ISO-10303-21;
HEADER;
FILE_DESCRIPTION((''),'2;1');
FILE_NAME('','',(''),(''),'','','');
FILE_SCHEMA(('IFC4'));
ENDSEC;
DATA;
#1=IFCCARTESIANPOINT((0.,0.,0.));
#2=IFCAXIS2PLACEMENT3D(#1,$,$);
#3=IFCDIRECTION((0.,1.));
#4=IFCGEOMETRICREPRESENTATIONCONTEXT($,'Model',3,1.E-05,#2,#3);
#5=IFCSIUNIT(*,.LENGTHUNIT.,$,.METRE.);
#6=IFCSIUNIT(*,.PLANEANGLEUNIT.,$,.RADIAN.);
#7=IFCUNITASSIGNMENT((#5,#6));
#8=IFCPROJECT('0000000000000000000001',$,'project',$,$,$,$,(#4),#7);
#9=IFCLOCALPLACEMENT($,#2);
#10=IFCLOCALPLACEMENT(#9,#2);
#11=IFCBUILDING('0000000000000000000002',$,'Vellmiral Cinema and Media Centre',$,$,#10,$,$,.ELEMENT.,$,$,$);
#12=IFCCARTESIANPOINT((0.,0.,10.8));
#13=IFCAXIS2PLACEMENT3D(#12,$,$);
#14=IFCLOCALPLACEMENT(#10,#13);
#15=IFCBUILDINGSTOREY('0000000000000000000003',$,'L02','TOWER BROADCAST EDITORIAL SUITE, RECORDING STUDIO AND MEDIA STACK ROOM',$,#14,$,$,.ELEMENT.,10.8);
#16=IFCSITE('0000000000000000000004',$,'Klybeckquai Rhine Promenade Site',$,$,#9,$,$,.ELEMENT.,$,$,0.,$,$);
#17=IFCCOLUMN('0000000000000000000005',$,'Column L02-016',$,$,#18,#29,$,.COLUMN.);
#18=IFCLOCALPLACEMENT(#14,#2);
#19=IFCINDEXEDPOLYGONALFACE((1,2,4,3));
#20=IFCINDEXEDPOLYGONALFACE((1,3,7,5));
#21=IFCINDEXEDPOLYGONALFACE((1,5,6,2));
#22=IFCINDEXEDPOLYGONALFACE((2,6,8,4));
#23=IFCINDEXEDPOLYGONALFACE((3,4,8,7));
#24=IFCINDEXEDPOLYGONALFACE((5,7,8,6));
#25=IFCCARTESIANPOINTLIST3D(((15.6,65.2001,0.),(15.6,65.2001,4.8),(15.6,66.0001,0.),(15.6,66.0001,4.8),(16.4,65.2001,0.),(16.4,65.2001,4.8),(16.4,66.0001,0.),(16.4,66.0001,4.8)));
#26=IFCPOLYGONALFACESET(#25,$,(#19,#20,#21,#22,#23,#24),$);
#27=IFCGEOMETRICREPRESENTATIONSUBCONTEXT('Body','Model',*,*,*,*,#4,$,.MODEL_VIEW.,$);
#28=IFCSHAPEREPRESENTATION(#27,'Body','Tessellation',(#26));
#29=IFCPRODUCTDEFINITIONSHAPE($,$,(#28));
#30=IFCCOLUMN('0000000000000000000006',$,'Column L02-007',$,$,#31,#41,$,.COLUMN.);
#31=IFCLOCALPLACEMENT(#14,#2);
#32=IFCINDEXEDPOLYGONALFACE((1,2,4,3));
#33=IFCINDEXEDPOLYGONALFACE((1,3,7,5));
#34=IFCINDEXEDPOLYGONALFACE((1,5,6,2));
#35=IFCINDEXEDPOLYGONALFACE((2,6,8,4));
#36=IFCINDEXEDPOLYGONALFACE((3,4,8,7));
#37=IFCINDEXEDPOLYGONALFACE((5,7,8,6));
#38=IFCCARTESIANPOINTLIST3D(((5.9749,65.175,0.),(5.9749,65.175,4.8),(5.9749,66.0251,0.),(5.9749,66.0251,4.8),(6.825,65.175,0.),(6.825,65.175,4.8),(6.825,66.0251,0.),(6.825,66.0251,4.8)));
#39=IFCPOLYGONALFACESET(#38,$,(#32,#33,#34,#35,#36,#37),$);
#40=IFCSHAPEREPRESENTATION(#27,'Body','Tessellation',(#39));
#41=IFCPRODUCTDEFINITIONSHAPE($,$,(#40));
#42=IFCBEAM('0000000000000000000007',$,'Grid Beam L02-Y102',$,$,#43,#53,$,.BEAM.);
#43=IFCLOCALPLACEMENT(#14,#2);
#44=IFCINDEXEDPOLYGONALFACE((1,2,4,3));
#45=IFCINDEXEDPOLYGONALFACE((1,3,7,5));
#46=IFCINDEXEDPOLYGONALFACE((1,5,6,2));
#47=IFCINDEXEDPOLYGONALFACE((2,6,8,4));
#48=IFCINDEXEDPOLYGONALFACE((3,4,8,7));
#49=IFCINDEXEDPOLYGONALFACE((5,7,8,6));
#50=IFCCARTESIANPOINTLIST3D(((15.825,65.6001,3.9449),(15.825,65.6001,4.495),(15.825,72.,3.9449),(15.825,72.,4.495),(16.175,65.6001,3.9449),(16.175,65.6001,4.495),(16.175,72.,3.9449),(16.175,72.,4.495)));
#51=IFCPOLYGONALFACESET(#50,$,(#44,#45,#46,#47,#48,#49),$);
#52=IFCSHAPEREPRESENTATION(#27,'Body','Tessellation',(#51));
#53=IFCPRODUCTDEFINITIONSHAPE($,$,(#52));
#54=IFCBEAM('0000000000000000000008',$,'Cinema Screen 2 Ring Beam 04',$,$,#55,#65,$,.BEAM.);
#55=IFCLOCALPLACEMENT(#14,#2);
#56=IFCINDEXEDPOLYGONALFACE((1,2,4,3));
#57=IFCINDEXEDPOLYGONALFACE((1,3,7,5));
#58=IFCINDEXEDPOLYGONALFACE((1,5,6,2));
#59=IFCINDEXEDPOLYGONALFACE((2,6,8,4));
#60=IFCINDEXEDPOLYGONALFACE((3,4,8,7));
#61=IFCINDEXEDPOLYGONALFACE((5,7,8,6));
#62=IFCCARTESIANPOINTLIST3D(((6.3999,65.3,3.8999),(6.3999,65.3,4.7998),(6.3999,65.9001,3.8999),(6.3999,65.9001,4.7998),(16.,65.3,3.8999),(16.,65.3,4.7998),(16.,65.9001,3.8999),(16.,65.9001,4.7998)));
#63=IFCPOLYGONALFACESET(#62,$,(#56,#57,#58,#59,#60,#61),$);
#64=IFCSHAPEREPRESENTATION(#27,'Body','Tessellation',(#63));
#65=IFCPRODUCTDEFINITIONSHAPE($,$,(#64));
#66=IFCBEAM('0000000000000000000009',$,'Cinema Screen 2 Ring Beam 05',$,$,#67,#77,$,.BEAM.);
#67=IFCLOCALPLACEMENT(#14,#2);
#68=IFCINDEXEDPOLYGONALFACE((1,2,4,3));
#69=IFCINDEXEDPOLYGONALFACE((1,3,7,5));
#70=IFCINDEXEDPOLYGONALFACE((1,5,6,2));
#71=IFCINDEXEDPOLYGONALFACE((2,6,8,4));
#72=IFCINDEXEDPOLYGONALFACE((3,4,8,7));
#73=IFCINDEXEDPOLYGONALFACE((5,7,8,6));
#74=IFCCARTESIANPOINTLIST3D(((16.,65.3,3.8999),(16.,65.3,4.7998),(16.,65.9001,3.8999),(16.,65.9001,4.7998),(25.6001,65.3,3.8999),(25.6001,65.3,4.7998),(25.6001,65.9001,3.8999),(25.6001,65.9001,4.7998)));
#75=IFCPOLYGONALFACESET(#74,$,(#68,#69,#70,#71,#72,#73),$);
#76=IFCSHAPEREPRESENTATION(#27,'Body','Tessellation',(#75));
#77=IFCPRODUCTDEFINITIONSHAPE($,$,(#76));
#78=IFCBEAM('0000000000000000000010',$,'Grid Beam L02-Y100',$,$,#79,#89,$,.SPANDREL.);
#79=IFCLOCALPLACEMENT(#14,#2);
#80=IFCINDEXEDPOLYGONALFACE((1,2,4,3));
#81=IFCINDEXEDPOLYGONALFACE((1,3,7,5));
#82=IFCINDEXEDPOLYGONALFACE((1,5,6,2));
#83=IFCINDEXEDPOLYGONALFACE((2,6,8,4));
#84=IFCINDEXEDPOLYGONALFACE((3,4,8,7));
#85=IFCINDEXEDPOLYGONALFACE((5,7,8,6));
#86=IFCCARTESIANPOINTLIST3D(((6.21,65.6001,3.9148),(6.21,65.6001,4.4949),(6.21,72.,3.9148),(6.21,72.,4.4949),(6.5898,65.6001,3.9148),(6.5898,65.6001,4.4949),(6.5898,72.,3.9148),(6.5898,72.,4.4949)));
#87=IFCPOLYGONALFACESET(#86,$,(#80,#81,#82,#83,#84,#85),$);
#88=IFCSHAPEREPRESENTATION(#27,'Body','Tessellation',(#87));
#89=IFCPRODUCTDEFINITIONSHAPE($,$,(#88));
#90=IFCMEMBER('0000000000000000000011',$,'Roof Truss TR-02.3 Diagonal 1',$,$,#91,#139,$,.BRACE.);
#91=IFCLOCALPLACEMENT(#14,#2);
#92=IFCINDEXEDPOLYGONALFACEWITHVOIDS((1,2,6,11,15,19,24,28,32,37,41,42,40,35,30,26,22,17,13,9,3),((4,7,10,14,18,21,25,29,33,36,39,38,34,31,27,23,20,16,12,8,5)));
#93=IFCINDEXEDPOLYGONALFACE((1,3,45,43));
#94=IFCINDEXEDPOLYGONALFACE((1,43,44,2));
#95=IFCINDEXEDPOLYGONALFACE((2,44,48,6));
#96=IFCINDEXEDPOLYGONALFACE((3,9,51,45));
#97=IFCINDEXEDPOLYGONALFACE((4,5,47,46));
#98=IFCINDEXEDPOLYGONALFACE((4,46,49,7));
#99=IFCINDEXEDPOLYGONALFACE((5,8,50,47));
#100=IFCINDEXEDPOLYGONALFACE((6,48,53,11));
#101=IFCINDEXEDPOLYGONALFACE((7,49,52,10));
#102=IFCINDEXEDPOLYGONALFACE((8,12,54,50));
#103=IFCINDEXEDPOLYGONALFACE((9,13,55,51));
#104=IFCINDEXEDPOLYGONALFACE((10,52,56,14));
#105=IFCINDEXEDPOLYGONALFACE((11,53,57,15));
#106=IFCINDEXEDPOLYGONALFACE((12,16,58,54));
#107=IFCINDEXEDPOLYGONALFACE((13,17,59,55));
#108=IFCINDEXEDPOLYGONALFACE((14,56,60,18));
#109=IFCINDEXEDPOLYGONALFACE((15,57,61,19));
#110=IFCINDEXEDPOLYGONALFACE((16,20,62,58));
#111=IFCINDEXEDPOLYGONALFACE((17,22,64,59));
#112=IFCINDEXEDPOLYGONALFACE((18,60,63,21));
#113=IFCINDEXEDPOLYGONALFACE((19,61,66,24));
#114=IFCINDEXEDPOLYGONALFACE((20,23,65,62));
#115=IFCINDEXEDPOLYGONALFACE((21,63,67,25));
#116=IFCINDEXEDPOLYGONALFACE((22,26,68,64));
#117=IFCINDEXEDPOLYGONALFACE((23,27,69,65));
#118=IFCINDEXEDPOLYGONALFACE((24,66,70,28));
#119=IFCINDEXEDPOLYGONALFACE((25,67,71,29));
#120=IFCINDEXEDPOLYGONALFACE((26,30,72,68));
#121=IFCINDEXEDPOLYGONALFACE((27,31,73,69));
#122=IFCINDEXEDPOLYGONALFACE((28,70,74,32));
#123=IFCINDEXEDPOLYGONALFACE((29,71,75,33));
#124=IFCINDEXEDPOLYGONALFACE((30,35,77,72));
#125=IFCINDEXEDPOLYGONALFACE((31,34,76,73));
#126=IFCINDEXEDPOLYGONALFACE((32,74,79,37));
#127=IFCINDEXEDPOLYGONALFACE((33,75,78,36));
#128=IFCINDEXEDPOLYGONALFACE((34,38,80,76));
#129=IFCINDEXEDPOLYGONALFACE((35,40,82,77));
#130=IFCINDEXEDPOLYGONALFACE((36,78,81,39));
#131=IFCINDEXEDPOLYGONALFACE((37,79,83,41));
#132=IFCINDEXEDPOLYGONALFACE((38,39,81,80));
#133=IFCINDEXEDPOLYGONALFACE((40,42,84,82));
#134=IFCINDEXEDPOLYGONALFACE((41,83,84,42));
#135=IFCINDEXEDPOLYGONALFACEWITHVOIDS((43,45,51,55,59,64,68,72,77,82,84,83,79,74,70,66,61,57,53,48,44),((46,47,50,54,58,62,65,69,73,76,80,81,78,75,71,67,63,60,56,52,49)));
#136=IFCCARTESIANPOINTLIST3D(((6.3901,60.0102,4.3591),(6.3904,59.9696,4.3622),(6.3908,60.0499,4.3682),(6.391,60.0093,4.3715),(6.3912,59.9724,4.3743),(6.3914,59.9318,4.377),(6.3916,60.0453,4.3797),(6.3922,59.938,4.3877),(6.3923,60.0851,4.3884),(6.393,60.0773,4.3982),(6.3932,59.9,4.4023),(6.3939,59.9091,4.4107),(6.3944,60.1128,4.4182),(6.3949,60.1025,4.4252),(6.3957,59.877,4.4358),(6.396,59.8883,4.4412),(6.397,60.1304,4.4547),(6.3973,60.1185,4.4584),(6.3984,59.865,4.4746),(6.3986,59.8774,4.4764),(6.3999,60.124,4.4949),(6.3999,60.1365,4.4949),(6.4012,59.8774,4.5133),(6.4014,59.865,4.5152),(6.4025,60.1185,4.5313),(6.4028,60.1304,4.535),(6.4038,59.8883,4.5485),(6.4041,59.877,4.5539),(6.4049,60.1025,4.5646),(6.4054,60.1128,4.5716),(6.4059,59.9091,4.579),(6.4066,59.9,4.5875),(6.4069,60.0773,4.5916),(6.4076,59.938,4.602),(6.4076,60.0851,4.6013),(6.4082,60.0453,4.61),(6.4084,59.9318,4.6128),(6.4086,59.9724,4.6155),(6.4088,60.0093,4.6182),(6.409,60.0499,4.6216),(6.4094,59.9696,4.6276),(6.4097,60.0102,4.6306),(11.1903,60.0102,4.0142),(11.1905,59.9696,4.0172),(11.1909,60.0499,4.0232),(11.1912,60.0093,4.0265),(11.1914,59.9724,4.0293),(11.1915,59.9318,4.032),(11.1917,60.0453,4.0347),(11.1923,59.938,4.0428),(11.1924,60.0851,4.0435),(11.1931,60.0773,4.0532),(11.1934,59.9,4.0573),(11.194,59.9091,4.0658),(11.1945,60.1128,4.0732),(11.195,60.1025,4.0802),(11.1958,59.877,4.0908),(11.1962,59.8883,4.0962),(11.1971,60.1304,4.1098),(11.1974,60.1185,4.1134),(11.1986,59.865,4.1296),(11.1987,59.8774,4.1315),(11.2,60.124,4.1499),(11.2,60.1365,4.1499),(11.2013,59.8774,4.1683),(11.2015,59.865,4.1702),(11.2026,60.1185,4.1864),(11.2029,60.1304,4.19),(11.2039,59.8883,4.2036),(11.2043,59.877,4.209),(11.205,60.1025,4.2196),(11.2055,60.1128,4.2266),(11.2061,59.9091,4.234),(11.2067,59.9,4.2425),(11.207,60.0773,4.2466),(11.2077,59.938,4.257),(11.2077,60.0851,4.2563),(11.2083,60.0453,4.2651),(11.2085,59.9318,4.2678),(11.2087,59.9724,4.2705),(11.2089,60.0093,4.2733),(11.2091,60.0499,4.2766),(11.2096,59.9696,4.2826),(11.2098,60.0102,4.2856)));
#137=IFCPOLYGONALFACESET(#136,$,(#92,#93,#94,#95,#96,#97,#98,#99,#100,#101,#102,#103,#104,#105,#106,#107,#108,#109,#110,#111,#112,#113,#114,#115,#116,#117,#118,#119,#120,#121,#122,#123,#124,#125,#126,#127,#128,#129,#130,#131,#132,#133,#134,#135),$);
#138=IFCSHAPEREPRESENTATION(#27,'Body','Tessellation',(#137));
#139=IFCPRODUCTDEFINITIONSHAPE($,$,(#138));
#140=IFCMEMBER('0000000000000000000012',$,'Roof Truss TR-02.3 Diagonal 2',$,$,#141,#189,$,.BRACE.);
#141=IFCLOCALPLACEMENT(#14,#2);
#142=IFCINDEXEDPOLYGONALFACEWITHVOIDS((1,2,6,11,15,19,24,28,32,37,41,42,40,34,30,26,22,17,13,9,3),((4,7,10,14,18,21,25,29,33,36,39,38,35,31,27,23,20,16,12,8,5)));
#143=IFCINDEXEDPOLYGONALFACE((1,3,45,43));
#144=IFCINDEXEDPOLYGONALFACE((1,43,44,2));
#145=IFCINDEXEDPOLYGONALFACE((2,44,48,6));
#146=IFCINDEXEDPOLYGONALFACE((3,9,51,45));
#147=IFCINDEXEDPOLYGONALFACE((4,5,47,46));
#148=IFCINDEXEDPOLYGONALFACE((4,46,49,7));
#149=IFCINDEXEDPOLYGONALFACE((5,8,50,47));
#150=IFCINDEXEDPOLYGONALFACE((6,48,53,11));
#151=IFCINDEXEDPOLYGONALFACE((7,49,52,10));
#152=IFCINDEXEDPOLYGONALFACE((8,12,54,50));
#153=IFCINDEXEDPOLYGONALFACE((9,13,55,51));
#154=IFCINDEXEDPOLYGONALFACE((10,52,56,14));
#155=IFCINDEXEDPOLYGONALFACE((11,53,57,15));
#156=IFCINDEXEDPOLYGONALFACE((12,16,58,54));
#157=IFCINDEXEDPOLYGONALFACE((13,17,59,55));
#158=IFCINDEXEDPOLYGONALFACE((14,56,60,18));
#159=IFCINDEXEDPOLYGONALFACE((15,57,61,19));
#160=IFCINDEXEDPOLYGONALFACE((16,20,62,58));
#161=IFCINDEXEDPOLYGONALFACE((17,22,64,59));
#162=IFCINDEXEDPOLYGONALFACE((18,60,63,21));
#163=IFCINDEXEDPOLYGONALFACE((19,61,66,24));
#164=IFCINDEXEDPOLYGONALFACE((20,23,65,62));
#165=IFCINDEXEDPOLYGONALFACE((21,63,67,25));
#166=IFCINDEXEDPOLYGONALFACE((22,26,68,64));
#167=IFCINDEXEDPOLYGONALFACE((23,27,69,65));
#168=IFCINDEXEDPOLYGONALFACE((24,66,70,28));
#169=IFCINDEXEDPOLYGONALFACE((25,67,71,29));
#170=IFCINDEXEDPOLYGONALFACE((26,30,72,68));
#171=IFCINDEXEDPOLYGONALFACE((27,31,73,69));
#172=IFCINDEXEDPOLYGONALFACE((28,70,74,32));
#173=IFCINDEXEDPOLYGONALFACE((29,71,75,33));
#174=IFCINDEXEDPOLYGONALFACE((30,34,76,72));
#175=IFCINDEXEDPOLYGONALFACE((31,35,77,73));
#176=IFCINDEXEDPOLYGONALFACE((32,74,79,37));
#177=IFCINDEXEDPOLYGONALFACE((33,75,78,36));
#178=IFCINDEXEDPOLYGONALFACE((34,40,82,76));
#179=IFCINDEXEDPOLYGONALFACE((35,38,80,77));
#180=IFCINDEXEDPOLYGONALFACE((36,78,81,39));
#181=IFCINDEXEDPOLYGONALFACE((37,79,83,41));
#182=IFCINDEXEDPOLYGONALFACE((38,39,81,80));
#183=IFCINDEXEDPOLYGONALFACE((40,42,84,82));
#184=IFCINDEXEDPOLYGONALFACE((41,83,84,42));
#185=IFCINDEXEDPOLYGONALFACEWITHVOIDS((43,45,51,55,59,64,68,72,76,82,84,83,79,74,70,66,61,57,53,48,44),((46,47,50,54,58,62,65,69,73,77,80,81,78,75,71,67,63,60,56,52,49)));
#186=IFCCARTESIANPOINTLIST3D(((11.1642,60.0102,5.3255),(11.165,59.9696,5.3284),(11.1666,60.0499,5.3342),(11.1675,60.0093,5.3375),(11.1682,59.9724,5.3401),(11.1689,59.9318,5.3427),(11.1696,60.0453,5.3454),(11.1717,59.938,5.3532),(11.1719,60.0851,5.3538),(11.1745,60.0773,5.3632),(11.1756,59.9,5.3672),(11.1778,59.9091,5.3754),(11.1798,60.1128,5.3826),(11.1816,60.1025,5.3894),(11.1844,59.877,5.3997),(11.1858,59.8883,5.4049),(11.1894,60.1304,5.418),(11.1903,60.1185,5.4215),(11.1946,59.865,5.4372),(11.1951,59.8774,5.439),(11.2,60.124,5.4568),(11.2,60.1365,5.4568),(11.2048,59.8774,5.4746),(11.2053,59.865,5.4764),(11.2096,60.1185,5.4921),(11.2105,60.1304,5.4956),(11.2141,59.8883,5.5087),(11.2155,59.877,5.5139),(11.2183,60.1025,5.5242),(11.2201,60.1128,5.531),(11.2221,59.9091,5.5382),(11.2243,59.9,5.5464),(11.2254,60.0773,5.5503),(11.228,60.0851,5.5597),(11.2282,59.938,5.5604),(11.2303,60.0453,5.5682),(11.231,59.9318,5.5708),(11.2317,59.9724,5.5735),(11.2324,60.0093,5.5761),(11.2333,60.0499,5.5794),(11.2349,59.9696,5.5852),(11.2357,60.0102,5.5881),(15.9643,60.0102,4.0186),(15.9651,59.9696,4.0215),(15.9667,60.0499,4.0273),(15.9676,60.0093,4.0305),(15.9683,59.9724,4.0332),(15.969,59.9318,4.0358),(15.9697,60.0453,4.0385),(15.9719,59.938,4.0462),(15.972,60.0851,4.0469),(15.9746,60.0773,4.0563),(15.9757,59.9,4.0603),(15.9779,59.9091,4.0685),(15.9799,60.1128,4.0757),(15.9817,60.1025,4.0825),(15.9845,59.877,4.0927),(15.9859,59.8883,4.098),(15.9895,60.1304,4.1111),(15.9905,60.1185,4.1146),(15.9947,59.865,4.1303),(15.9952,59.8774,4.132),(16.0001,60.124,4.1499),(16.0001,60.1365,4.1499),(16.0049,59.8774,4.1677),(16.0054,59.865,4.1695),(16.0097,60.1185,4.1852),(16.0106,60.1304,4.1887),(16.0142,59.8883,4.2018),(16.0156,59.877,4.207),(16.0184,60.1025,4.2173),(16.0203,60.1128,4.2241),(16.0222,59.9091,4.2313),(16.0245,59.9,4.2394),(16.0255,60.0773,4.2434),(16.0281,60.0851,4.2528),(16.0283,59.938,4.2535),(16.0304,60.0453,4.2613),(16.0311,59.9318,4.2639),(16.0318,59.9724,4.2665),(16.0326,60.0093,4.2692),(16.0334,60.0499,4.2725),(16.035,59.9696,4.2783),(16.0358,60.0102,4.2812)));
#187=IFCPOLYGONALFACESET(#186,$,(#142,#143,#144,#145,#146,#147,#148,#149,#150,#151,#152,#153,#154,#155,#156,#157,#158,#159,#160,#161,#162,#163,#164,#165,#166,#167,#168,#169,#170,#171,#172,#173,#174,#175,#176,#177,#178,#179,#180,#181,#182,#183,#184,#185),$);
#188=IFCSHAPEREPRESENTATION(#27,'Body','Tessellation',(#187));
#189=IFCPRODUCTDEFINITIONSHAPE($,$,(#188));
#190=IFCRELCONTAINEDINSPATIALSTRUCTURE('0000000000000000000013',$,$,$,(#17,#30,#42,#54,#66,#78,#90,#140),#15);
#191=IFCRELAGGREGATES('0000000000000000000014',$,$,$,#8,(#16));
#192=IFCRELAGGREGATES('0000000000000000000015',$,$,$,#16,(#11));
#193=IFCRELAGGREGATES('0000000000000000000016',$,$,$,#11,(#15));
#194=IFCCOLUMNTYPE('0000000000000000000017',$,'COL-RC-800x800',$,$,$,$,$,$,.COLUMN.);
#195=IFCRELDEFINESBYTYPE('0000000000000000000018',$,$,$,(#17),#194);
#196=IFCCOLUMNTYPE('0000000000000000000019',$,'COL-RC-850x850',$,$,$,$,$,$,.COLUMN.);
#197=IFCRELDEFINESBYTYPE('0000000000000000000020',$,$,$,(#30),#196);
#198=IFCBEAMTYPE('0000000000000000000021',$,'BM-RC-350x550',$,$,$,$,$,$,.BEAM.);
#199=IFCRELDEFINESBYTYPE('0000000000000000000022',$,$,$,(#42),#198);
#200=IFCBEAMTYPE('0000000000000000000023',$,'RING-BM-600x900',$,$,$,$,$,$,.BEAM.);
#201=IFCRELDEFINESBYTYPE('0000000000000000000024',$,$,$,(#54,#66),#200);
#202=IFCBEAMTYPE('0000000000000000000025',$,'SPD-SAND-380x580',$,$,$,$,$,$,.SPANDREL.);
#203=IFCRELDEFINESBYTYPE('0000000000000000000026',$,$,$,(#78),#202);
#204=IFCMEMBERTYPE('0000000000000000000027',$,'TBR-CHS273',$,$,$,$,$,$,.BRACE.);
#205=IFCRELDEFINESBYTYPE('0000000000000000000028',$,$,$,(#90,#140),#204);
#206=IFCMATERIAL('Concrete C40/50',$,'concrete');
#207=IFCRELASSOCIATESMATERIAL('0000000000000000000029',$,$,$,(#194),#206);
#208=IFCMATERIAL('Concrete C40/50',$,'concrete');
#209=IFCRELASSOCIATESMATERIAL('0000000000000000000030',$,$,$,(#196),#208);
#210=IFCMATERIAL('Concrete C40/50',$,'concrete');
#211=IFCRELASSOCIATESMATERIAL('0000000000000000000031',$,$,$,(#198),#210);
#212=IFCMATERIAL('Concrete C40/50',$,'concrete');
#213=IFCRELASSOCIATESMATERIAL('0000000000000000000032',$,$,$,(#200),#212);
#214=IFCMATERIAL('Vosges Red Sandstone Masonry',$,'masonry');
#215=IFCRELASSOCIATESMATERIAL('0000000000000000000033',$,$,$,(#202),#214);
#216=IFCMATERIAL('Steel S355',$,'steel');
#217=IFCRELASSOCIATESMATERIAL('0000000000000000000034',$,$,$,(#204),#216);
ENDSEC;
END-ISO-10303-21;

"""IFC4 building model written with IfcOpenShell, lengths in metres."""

from ifc_helpers import new_model, si_unit, direction, frame, origin, origin_2d, place, context, subcontext, project, spatial, rectangle, hollow_circle, extrude, material, material_profile, profile_set, type_object, element, save


model = new_model("IFC4")

# Units and contexts
model_context = context("Model", 3, precision=1e-05, world=origin(), true_north=direction((0.0, 1.0)))
body_context = subcontext(model_context, "Body", "Model", "MODEL_VIEW")
ifc_project = project(units=[si_unit("LENGTHUNIT", "METRE"), si_unit("PLANEANGLEUNIT", "RADIAN")], contexts=[model_context])

# Site, building, storey
site_placement = place(None, origin())
site = spatial("IfcSite", under=ifc_project, at=site_placement, Name="Klybeckquai Rhine Promenade Site", CompositionType="ELEMENT", RefElevation=0.0)
building_placement = place(site_placement, origin())
building = spatial("IfcBuilding", under=site, at=building_placement, Name="Vellmiral Cinema and Media Centre", CompositionType="ELEMENT")
storey_placement = place(building_placement, frame((0.0, 0.0, 10.8)))
storey = spatial("IfcBuildingStorey", under=building, at=storey_placement, Name="L02", Description="TOWER BROADCAST EDITORIAL SUITE, RECORDING STUDIO AND MEDIA STACK ROOM", CompositionType="ELEMENT", Elevation=10.8)

# Columns
ifc_material_1 = material(Name="Concrete C40/50", Category="concrete")
ifc_material_profile_1 = material_profile(ifc_material_1, rectangle(XDim=0.8, YDim=0.8, at=origin_2d()), Name="RC 800x800")
ifc_profile_set_1 = profile_set([ifc_material_profile_1], Name="Concrete C40/50")
column_type_1 = type_object("IfcColumnType", Name="COL-RC-800x800", PredefinedType="COLUMN", material=ifc_profile_set_1)
column_1_placement = place(storey_placement, frame((16.0, 65.6001, 0.0), z_axis=(0.0, 0.0, 1.0), x_axis=(1.0, 0.0, 0.0)))
element("IfcColumn", 1, at=column_1_placement, inside=storey, type_object=column_type_1, Name="Column L02-016", PredefinedType="COLUMN", context=body_context, shape_type="SweptSolid", body=[
    extrude(rectangle(XDim=0.8, YDim=0.8, at=origin_2d()), origin(), (0.0, 0.0, 1.0), 4.8),
])
ifc_material_2 = material(Name="Concrete C40/50", Category="concrete")
ifc_material_profile_2 = material_profile(ifc_material_2, rectangle(XDim=0.8501, YDim=0.8501, at=origin_2d()), Name="RC 850x850")
ifc_profile_set_2 = profile_set([ifc_material_profile_2], Name="Concrete C40/50")
column_type_2 = type_object("IfcColumnType", Name="COL-RC-850x850", PredefinedType="COLUMN", material=ifc_profile_set_2)
column_2_placement = place(storey_placement, frame((6.3999, 65.6001, 0.0), z_axis=(0.0, 0.0, 1.0), x_axis=(1.0, 0.0, 0.0)))
element("IfcColumn", 2, at=column_2_placement, inside=storey, type_object=column_type_2, Name="Column L02-007", PredefinedType="COLUMN", context=body_context, shape_type="SweptSolid", body=[
    extrude(rectangle(XDim=0.8501, YDim=0.8501, at=origin_2d()), origin(), (0.0, 0.0, 1.0), 4.8),
])

# Beams
ifc_material_3 = material(Name="Concrete C40/50", Category="concrete")
ifc_material_profile_3 = material_profile(ifc_material_3, rectangle(XDim=0.3501, YDim=0.55, at=origin_2d()), Name="RC 350x550")
ifc_profile_set_3 = profile_set([ifc_material_profile_3], Name="Concrete C40/50")
beam_type_1 = type_object("IfcBeamType", Name="BM-RC-350x550", PredefinedType="BEAM", material=ifc_profile_set_3)
beam_1_placement = place(storey_placement, frame((16.0, 65.6001, 4.22), z_axis=(0.0, 1.0, 0.0), x_axis=(-1.0, 0.0, 0.0)))
element("IfcBeam", 3, at=beam_1_placement, inside=storey, type_object=beam_type_1, Name="Grid Beam L02-Y102", PredefinedType="BEAM", context=body_context, shape_type="SweptSolid", body=[
    extrude(rectangle(XDim=0.3501, YDim=0.55, at=origin_2d()), origin(), (0.0, 0.0, 1.0), 6.3999),
])
ifc_material_4 = material(Name="Concrete C40/50", Category="concrete")
ifc_material_profile_4 = material_profile(ifc_material_4, rectangle(XDim=0.6001, YDim=0.8999, at=origin_2d()), Name="RC 600x900")
ifc_profile_set_4 = profile_set([ifc_material_profile_4], Name="Concrete C40/50")
beam_type_2 = type_object("IfcBeamType", Name="RING-BM-600x900", PredefinedType="BEAM", material=ifc_profile_set_4)
for number, where, z_axis, x_axis, name in (
    (4, (6.3999, 65.6001, 4.3499), (1.0, 0.0, 0.0), (0.0, 1.0, 0.0), "Cinema Screen 2 Ring Beam 04"),
    (5, (16.0, 65.6001, 4.3499), (1.0, 0.0, 0.0), (0.0, 1.0, 0.0), "Cinema Screen 2 Ring Beam 05"),
):
    element("IfcBeam", number, at=place(storey_placement, frame(where, z_axis=z_axis, x_axis=x_axis)), inside=storey, type_object=beam_type_2, Name=name, PredefinedType="BEAM", context=body_context, shape_type="SweptSolid", body=[
        extrude(rectangle(XDim=0.6001, YDim=0.8999, at=origin_2d()), origin(), (0.0, 0.0, 1.0), 9.6001),
    ])
ifc_material_5 = material(Name="Vosges Red Sandstone Masonry", Category="masonry")
ifc_material_profile_5 = material_profile(ifc_material_5, rectangle(XDim=0.3799, YDim=0.5801, at=origin_2d()), Name="SAND 380x580")
ifc_profile_set_5 = profile_set([ifc_material_profile_5], Name="Vosges Red Sandstone Masonry")
beam_type_3 = type_object("IfcBeamType", Name="SPD-SAND-380x580", PredefinedType="SPANDREL", material=ifc_profile_set_5)
beam_2_placement = place(storey_placement, frame((6.3999, 65.6001, 4.2048), z_axis=(0.0, 1.0, 0.0), x_axis=(-1.0, 0.0, 0.0)))
element("IfcBeam", 6, at=beam_2_placement, inside=storey, type_object=beam_type_3, Name="Grid Beam L02-Y100", PredefinedType="SPANDREL", context=body_context, shape_type="SweptSolid", body=[
    extrude(rectangle(XDim=0.3799, YDim=0.5801, at=origin_2d()), origin(), (0.0, 0.0, 1.0), 6.3999),
])

# Members
ifc_material_6 = material(Name="Steel S355", Category="steel")
ifc_material_profile_6 = material_profile(ifc_material_6, hollow_circle(Radius=0.1365, WallThickness=0.0125, at=origin_2d()), Name="CHS 273.0x12.5")
ifc_profile_set_6 = profile_set([ifc_material_profile_6], Name="Steel S355")
member_type_1 = type_object("IfcMemberType", Name="TBR-CHS273", PredefinedType="BRACE", material=ifc_profile_set_6)
member_1_placement = place(storey_placement, frame((6.3999, 60.0, 4.4949), z_axis=(0.997427, 0.0, -0.071683), x_axis=(0.0, 1.0, 0.0)))
element("IfcMember", 7, at=member_1_placement, inside=storey, type_object=member_type_1, Name="Roof Truss TR-02.3 Diagonal 1", PredefinedType="BRACE", context=body_context, shape_type="SweptSolid", body=[
    extrude(hollow_circle(Radius=0.1365, WallThickness=0.0125, at=origin_2d()), origin(), (0.0, 0.0, 1.0), 4.8125),
])
member_2_placement = place(storey_placement, frame((11.2, 60.0, 5.4568), z_axis=(0.964877, 0.0, -0.262702), x_axis=(0.0, 1.0, 0.0)))
element("IfcMember", 8, at=member_2_placement, inside=storey, type_object=member_type_1, Name="Roof Truss TR-02.3 Diagonal 2", PredefinedType="BRACE", context=body_context, shape_type="SweptSolid", body=[
    extrude(hollow_circle(Radius=0.1365, WallThickness=0.0125, at=origin_2d()), origin(), (0.0, 0.0, 1.0), 4.9749),
])

save(model, "model.ifc")
